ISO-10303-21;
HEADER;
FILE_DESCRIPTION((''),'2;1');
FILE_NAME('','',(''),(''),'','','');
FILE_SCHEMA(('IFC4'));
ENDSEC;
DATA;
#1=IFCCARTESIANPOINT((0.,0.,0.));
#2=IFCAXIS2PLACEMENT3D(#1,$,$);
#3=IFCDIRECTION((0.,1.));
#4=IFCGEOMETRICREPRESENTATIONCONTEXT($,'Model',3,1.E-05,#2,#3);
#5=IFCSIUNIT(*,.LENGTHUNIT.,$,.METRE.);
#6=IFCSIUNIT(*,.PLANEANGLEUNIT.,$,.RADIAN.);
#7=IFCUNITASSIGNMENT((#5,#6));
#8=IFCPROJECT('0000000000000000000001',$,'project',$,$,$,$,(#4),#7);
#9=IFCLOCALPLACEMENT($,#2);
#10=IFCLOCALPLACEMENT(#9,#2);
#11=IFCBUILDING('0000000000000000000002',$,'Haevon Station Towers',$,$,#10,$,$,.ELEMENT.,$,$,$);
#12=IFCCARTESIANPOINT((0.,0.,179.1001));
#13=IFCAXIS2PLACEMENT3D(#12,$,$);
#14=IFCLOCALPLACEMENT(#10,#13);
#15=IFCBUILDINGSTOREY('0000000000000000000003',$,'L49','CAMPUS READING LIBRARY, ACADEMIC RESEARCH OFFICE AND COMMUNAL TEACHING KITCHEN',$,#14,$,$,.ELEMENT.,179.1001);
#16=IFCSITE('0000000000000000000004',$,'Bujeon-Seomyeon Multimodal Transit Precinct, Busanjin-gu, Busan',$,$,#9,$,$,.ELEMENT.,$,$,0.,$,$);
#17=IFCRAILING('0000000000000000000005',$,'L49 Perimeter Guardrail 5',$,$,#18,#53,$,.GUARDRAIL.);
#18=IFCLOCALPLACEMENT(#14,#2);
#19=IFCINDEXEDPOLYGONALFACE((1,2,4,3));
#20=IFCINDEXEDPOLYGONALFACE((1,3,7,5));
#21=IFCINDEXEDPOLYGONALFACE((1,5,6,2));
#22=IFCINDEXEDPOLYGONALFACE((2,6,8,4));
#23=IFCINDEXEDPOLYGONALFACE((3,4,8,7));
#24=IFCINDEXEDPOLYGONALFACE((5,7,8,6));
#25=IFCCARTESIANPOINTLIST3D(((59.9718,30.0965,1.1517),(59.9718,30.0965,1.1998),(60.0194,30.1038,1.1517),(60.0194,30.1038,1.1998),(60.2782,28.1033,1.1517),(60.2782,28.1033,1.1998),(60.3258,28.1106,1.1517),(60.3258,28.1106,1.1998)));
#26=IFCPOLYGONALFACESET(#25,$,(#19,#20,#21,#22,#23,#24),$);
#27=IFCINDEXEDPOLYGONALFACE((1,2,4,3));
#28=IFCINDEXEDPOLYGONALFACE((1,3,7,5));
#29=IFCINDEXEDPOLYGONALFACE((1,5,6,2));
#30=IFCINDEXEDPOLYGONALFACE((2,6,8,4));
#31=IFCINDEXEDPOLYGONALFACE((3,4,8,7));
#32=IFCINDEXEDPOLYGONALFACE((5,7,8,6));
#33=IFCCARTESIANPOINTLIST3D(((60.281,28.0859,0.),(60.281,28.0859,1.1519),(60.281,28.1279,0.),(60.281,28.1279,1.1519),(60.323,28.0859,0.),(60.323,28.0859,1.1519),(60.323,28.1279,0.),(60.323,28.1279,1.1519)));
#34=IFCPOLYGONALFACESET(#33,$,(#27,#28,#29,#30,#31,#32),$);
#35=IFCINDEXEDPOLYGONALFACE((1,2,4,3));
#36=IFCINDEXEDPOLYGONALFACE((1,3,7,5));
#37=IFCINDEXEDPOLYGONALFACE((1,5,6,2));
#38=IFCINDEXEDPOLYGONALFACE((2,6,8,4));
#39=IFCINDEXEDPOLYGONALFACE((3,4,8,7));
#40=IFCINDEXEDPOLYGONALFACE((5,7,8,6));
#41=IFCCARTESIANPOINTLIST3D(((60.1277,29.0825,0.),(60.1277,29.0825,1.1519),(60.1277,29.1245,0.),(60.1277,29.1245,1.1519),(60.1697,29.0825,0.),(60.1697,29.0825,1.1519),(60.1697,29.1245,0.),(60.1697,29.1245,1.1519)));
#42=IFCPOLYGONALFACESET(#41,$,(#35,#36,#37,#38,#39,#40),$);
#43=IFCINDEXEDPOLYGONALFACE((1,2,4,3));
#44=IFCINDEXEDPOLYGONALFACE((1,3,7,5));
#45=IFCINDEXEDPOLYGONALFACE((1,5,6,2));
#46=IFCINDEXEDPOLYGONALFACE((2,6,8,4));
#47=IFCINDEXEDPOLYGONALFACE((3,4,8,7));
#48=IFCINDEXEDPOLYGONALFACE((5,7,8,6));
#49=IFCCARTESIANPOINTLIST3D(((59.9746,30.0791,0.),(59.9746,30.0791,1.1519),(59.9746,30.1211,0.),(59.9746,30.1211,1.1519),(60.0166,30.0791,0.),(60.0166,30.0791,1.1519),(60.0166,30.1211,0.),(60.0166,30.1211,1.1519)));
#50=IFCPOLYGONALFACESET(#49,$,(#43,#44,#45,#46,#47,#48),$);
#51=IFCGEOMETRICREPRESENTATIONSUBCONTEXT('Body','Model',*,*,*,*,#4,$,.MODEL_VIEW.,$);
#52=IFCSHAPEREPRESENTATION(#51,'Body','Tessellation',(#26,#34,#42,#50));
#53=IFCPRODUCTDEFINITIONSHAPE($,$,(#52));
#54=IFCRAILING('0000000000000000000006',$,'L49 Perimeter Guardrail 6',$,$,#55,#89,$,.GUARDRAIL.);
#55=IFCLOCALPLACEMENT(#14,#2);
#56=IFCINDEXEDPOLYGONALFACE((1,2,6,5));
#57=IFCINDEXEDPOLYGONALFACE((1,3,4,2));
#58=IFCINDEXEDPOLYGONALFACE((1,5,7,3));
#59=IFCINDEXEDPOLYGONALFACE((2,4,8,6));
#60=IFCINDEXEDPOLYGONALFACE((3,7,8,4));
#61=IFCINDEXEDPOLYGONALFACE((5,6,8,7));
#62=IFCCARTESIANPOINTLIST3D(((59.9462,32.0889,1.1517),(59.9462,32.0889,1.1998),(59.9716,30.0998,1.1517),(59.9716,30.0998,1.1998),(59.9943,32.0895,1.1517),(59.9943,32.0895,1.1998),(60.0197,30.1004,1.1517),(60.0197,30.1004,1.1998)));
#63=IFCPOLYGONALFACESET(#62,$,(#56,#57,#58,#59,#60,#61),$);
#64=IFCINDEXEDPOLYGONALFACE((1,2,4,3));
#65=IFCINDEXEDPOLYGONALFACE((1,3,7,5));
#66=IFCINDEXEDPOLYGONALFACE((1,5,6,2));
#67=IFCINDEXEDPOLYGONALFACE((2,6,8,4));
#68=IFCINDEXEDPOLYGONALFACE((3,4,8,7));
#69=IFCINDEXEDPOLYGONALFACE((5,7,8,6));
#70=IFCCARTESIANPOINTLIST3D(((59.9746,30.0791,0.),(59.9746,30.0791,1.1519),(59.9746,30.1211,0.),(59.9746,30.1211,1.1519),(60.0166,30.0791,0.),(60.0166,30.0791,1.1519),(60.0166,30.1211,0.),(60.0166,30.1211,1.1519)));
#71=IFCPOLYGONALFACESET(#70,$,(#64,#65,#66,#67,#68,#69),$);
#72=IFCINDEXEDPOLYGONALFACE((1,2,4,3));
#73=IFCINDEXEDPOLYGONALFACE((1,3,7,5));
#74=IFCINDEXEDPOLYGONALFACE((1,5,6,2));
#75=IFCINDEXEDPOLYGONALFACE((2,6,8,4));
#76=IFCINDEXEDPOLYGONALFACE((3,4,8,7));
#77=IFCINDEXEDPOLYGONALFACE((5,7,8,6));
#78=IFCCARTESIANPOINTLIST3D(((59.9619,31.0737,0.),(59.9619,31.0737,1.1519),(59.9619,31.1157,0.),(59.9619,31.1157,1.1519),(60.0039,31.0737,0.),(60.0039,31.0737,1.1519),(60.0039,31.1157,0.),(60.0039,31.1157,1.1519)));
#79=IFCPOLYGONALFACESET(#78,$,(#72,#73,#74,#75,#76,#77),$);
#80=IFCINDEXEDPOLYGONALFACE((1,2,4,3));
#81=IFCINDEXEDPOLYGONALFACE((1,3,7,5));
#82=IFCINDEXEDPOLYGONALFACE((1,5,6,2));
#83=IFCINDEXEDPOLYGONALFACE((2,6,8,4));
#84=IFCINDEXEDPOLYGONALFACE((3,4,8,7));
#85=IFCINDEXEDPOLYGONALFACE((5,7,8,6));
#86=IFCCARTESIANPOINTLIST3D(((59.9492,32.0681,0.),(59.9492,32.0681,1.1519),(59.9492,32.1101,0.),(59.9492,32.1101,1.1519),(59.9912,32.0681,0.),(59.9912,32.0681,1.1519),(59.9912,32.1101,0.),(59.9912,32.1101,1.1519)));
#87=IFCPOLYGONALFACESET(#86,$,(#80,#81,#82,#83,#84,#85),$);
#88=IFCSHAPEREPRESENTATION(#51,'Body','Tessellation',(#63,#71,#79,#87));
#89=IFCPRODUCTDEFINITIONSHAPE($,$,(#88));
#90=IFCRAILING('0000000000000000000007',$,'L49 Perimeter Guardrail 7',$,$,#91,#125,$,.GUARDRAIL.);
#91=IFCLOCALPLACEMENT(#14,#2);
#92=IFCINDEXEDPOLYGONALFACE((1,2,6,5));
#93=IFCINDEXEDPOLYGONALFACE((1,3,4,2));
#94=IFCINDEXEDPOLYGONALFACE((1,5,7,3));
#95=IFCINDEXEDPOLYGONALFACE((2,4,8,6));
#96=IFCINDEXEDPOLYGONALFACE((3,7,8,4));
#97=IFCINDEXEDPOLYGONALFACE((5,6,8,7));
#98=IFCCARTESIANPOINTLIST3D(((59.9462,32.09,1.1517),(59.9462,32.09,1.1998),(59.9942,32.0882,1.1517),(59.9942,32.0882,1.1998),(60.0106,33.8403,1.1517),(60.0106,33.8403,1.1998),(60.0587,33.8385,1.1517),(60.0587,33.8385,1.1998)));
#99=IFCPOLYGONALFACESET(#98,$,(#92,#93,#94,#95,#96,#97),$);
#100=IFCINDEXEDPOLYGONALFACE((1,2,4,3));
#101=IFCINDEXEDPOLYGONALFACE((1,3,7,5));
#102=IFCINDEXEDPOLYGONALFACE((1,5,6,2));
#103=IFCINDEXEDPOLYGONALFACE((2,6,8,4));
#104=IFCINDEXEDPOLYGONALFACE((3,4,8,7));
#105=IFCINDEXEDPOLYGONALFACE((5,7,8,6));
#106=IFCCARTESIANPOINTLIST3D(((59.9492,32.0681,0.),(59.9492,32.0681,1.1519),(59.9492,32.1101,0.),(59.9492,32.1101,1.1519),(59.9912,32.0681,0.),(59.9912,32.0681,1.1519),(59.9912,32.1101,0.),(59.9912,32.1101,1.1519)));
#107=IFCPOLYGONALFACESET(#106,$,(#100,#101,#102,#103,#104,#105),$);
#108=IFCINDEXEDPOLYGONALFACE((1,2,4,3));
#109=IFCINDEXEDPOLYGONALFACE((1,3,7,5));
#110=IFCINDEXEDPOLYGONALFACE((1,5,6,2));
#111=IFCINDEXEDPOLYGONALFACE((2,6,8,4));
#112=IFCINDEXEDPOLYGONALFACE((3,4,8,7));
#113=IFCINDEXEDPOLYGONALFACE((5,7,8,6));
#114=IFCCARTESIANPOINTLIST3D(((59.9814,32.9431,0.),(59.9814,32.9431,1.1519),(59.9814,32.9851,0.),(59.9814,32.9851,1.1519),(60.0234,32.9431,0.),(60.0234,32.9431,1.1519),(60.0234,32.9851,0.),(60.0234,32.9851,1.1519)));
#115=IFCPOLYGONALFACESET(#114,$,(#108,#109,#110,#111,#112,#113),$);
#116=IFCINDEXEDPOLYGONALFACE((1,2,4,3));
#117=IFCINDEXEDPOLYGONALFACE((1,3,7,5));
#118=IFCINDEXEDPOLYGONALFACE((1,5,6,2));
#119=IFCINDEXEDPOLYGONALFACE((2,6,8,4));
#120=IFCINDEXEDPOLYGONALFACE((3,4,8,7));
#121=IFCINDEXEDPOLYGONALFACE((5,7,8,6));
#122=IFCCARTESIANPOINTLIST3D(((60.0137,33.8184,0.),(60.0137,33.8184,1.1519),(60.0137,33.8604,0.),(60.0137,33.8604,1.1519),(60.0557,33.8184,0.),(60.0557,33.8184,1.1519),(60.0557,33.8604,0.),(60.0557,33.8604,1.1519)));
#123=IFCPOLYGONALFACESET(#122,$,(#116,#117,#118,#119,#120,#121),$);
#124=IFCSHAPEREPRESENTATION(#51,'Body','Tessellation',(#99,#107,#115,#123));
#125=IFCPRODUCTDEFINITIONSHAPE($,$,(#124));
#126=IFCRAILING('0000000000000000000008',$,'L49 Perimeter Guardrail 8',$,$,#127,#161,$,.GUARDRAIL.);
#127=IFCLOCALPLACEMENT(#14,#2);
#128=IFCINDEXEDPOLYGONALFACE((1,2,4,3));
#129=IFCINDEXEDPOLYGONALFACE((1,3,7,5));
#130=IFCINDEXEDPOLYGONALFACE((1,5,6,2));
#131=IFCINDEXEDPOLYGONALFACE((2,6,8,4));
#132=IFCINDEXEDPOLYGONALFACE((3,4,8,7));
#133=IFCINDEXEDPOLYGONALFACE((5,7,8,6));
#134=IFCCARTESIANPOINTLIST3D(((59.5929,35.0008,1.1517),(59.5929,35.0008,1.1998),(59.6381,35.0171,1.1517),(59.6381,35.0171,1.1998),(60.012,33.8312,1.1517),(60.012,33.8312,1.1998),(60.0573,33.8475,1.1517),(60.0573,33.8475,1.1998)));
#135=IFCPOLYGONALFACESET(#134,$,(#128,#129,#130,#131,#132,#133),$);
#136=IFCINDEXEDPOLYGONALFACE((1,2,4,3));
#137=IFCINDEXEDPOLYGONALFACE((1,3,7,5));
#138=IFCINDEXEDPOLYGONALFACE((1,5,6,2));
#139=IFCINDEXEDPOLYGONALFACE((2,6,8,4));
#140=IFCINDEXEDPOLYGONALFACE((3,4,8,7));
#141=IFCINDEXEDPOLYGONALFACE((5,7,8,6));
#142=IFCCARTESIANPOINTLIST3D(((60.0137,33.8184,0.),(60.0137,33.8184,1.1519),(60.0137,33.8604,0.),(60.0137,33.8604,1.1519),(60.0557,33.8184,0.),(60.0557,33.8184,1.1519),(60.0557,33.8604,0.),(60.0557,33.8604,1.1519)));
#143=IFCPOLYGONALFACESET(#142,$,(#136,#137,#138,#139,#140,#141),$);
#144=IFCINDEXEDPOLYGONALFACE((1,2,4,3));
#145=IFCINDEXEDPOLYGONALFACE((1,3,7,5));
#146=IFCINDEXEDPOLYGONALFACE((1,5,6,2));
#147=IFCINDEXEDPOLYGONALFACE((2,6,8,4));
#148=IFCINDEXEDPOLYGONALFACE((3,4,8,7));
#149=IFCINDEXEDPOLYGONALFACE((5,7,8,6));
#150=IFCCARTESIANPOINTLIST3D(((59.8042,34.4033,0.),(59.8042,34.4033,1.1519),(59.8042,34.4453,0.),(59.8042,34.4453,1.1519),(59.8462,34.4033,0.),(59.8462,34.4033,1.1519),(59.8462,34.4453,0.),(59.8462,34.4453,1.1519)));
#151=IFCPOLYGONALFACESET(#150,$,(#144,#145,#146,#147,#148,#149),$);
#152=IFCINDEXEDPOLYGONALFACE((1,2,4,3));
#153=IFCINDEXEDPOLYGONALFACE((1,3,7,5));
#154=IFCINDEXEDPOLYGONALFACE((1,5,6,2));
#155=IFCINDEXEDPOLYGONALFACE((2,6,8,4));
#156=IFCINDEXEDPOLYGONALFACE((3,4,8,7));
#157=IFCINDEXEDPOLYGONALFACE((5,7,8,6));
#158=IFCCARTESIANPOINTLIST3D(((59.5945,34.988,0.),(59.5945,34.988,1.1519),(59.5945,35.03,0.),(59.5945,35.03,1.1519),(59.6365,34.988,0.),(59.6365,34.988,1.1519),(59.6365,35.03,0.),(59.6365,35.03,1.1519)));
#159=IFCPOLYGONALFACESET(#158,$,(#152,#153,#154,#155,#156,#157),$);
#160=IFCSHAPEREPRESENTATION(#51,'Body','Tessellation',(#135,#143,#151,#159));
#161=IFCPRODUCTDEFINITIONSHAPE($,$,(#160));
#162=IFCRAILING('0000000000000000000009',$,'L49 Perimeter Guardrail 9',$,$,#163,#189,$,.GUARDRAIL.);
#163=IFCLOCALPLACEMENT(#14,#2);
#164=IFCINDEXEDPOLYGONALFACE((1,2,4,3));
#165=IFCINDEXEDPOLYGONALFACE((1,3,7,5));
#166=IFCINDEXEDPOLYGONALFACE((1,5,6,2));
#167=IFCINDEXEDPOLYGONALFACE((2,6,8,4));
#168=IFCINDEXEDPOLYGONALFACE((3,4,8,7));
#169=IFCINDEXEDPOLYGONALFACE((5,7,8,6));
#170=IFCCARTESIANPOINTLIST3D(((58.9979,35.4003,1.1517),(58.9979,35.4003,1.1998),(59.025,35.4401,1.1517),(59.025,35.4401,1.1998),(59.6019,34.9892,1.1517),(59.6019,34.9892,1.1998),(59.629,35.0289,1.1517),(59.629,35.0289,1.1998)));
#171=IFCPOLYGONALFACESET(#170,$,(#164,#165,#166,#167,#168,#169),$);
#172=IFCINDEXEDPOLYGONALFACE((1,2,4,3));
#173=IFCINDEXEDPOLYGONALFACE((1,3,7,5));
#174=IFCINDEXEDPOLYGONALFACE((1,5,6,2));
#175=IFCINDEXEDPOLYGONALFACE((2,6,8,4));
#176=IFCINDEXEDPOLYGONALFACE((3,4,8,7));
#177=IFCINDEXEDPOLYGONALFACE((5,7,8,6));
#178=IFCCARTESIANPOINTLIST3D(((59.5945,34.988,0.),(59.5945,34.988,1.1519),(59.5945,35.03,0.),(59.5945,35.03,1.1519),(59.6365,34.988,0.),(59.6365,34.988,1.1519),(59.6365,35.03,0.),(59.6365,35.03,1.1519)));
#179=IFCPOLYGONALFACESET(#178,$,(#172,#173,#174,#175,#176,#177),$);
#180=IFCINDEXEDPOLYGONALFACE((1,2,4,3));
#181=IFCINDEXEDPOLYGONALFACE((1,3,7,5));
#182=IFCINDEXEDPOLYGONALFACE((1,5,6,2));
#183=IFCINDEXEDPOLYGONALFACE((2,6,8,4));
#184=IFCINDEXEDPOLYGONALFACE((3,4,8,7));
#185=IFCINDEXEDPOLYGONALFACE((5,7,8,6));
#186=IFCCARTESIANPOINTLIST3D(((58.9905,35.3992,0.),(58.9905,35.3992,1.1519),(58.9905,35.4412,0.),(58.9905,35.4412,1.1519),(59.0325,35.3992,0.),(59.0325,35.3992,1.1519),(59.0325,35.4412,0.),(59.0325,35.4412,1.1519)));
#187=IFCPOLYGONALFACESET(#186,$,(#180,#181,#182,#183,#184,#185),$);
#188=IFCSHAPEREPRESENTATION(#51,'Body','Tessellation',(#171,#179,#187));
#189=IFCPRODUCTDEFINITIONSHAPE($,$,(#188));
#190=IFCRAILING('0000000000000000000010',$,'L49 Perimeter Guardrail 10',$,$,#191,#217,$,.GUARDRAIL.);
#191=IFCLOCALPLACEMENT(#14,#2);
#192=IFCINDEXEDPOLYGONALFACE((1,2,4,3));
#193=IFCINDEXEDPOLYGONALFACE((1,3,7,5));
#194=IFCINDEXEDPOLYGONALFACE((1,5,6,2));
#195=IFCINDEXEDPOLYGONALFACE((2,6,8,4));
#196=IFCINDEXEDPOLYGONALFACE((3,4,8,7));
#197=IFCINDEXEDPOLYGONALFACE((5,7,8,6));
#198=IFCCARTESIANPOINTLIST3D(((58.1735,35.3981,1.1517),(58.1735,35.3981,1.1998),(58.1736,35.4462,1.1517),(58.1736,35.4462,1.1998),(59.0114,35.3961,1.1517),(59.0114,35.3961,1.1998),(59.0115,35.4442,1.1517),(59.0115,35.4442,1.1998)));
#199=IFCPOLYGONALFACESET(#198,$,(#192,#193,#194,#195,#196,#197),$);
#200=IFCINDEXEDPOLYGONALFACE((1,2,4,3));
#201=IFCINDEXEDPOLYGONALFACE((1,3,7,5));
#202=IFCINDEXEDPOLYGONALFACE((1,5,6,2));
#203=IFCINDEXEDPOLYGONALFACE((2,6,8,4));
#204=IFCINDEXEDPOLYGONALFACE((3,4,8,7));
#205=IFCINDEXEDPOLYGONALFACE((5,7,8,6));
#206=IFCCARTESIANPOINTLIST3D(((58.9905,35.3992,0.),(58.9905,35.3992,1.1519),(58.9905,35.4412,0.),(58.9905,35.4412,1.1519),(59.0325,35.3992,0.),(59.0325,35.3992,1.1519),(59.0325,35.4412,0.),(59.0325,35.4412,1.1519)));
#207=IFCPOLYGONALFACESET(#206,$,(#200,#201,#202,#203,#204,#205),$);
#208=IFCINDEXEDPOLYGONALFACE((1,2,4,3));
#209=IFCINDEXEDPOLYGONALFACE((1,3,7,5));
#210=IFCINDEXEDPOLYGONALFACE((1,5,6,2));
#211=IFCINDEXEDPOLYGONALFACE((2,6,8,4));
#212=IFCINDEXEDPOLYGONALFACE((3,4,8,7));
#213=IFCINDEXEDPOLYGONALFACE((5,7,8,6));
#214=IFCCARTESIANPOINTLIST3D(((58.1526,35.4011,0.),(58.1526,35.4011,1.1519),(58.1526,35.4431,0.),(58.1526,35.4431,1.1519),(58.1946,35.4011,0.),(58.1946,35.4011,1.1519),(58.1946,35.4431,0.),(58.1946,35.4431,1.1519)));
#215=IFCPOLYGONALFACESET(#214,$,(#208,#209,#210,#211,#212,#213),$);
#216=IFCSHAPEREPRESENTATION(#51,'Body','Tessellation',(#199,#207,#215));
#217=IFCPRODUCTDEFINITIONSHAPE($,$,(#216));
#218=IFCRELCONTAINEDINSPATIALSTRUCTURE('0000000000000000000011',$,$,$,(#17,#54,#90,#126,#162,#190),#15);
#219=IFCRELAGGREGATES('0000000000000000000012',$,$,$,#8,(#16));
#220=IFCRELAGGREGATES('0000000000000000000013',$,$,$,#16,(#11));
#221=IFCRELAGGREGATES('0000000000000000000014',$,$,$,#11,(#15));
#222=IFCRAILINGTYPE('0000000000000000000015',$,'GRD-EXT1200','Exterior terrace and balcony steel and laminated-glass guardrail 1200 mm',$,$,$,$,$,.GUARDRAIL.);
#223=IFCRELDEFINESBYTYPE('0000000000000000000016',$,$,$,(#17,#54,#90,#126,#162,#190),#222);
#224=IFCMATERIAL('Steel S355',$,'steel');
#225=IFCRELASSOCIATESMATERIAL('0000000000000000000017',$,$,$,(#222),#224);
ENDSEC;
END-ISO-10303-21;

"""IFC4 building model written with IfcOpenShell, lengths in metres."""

from ifc_helpers import new_model, si_unit, direction, frame, origin, origin_2d, place, context, subcontext, project, spatial, rectangle, extrude, material, type_object, element, save


model = new_model("IFC4")

# Units and contexts
model_context = context("Model", 3, precision=1e-05, world=origin(), true_north=direction((0.0, 1.0)))
body_context = subcontext(model_context, "Body", "Model", "MODEL_VIEW")
ifc_project = project(units=[si_unit("LENGTHUNIT", "METRE"), si_unit("PLANEANGLEUNIT", "RADIAN")], contexts=[model_context])

# Site, building, storey
site_placement = place(None, origin())
site = spatial("IfcSite", under=ifc_project, at=site_placement, Name="Bujeon-Seomyeon Multimodal Transit Precinct, Busanjin-gu, Busan", CompositionType="ELEMENT", RefElevation=0.0)
building_placement = place(site_placement, origin())
building = spatial("IfcBuilding", under=site, at=building_placement, Name="Haevon Station Towers", CompositionType="ELEMENT")
storey_placement = place(building_placement, frame((0.0, 0.0, 179.1001)))
storey = spatial("IfcBuildingStorey", under=building, at=storey_placement, Name="L49", Description="CAMPUS READING LIBRARY, ACADEMIC RESEARCH OFFICE AND COMMUNAL TEACHING KITCHEN", CompositionType="ELEMENT", Elevation=179.1001)

# Shared definitions
ifc_material_1 = material(Name="Steel S355", Category="steel")

# Railings
railing_type = type_object("IfcRailingType", Name="GRD-EXT1200", Description="Exterior terrace and balcony steel and laminated-glass guardrail 1200 mm", PredefinedType="GUARDRAIL", material=ifc_material_1)
railing_1_placement = place(storey_placement, frame((60.302, 28.1069, 0.0)))
element("IfcRailing", 1, at=railing_1_placement, inside=storey, type_object=railing_type, Name="L49 Perimeter Guardrail 5", PredefinedType="GUARDRAIL", context=body_context, shape_type="SweptSolid", body=[
    extrude(rectangle(XDim=0.0481, YDim=0.0481, at=origin_2d()), frame((0.0, 0.0, 1.1758), z_axis=(-0.151939, 0.98839, 0.0), x_axis=(-0.98839, -0.151939, 0.0)), (0.0, 0.0, 1.0), 2.0166),
    extrude(rectangle(XDim=0.042, YDim=0.042, at=origin_2d()), origin(), (0.0, 0.0, 1.0), 1.1519),
    extrude(rectangle(XDim=0.042, YDim=0.042, at=origin_2d()), frame((-0.1533, 0.9966, 0.0)), (0.0, 0.0, 1.0), 1.1519),
    extrude(rectangle(XDim=0.042, YDim=0.042, at=origin_2d()), frame((-0.3064, 1.9932, 0.0)), (0.0, 0.0, 1.0), 1.1519),
])
railing_2_placement = place(storey_placement, frame((59.9956, 30.1001, 0.0)))
element("IfcRailing", 2, at=railing_2_placement, inside=storey, type_object=railing_type, Name="L49 Perimeter Guardrail 6", PredefinedType="GUARDRAIL", context=body_context, shape_type="SweptSolid", body=[
    extrude(rectangle(XDim=0.0481, YDim=0.0481, at=origin_2d()), frame((0.0, 0.0, 1.1758), z_axis=(-0.012764, 0.999919, 0.0), x_axis=(-0.999919, -0.012764, 0.0)), (0.0, 0.0, 1.0), 1.9893),
    extrude(rectangle(XDim=0.042, YDim=0.042, at=origin_2d()), origin(), (0.0, 0.0, 1.0), 1.1519),
    extrude(rectangle(XDim=0.042, YDim=0.042, at=origin_2d()), frame((-0.0127, 0.9946, 0.0)), (0.0, 0.0, 1.0), 1.1519),
    extrude(rectangle(XDim=0.042, YDim=0.042, at=origin_2d()), frame((-0.0254, 1.989, 0.0)), (0.0, 0.0, 1.0), 1.1519),
])
railing_3_placement = place(storey_placement, frame((59.9702, 32.0891, 0.0)))
element("IfcRailing", 3, at=railing_3_placement, inside=storey, type_object=railing_type, Name="L49 Perimeter Guardrail 7", PredefinedType="GUARDRAIL", context=body_context, shape_type="SweptSolid", body=[
    extrude(rectangle(XDim=0.0481, YDim=0.0481, at=origin_2d()), frame((0.0, 0.0, 1.1758), z_axis=(0.0368, 0.999323, 0.0), x_axis=(-0.999323, 0.0368, 0.0)), (0.0, 0.0, 1.0), 1.7515),
    extrude(rectangle(XDim=0.042, YDim=0.042, at=origin_2d()), origin(), (0.0, 0.0, 1.0), 1.1519),
    extrude(rectangle(XDim=0.042, YDim=0.042, at=origin_2d()), frame((0.0322, 0.875, 0.0)), (0.0, 0.0, 1.0), 1.1519),
    extrude(rectangle(XDim=0.042, YDim=0.042, at=origin_2d()), frame((0.0645, 1.7502, 0.0)), (0.0, 0.0, 1.0), 1.1519),
])
railing_4_placement = place(storey_placement, frame((60.0347, 33.8394, 0.0)))
element("IfcRailing", 4, at=railing_4_placement, inside=storey, type_object=railing_type, Name="L49 Perimeter Guardrail 8", PredefinedType="GUARDRAIL", context=body_context, shape_type="SweptSolid", body=[
    extrude(rectangle(XDim=0.0481, YDim=0.0481, at=origin_2d()), frame((0.0, 0.0, 1.1758), z_axis=(-0.337369, 0.941372, 0.0), x_axis=(-0.941372, -0.337369, 0.0)), (0.0, 0.0, 1.0), 1.2424),
    extrude(rectangle(XDim=0.042, YDim=0.042, at=origin_2d()), origin(), (0.0, 0.0, 1.0), 1.1519),
    extrude(rectangle(XDim=0.042, YDim=0.042, at=origin_2d()), frame((-0.2095, 0.585, 0.0)), (0.0, 0.0, 1.0), 1.1519),
    extrude(rectangle(XDim=0.042, YDim=0.042, at=origin_2d()), frame((-0.4192, 1.1697, 0.0)), (0.0, 0.0, 1.0), 1.1519),
])
railing_5_placement = place(storey_placement, frame((59.6155, 35.009, 0.0)))
element("IfcRailing", 5, at=railing_5_placement, inside=storey, type_object=railing_type, Name="L49 Perimeter Guardrail 9", PredefinedType="GUARDRAIL", context=body_context, shape_type="SweptSolid", body=[
    extrude(rectangle(XDim=0.0481, YDim=0.0481, at=origin_2d()), frame((0.0, 0.0, 1.1758), z_axis=(-0.826665, 0.562694, 0.0), x_axis=(-0.562694, -0.826665, 0.0)), (0.0, 0.0, 1.0), 0.7307),
    extrude(rectangle(XDim=0.042, YDim=0.042, at=origin_2d()), origin(), (0.0, 0.0, 1.0), 1.1519),
    extrude(rectangle(XDim=0.042, YDim=0.042, at=origin_2d()), frame((-0.604, 0.4111, 0.0)), (0.0, 0.0, 1.0), 1.1519),
])
railing_6_placement = place(storey_placement, frame((59.0115, 35.4202, 0.0)))
element("IfcRailing", 6, at=railing_6_placement, inside=storey, type_object=railing_type, Name="L49 Perimeter Guardrail 10", PredefinedType="GUARDRAIL", context=body_context, shape_type="SweptSolid", body=[
    extrude(rectangle(XDim=0.0481, YDim=0.0481, at=origin_2d()), frame((0.0, 0.0, 1.1758), z_axis=(-0.999997, 0.002331, 0.0), x_axis=(-0.002331, -0.999997, 0.0)), (0.0, 0.0, 1.0), 0.8379),
    extrude(rectangle(XDim=0.042, YDim=0.042, at=origin_2d()), origin(), (0.0, 0.0, 1.0), 1.1519),
    extrude(rectangle(XDim=0.042, YDim=0.042, at=origin_2d()), frame((-0.8379, 0.002, 0.0)), (0.0, 0.0, 1.0), 1.1519),
])

save(model, "model.ifc")
